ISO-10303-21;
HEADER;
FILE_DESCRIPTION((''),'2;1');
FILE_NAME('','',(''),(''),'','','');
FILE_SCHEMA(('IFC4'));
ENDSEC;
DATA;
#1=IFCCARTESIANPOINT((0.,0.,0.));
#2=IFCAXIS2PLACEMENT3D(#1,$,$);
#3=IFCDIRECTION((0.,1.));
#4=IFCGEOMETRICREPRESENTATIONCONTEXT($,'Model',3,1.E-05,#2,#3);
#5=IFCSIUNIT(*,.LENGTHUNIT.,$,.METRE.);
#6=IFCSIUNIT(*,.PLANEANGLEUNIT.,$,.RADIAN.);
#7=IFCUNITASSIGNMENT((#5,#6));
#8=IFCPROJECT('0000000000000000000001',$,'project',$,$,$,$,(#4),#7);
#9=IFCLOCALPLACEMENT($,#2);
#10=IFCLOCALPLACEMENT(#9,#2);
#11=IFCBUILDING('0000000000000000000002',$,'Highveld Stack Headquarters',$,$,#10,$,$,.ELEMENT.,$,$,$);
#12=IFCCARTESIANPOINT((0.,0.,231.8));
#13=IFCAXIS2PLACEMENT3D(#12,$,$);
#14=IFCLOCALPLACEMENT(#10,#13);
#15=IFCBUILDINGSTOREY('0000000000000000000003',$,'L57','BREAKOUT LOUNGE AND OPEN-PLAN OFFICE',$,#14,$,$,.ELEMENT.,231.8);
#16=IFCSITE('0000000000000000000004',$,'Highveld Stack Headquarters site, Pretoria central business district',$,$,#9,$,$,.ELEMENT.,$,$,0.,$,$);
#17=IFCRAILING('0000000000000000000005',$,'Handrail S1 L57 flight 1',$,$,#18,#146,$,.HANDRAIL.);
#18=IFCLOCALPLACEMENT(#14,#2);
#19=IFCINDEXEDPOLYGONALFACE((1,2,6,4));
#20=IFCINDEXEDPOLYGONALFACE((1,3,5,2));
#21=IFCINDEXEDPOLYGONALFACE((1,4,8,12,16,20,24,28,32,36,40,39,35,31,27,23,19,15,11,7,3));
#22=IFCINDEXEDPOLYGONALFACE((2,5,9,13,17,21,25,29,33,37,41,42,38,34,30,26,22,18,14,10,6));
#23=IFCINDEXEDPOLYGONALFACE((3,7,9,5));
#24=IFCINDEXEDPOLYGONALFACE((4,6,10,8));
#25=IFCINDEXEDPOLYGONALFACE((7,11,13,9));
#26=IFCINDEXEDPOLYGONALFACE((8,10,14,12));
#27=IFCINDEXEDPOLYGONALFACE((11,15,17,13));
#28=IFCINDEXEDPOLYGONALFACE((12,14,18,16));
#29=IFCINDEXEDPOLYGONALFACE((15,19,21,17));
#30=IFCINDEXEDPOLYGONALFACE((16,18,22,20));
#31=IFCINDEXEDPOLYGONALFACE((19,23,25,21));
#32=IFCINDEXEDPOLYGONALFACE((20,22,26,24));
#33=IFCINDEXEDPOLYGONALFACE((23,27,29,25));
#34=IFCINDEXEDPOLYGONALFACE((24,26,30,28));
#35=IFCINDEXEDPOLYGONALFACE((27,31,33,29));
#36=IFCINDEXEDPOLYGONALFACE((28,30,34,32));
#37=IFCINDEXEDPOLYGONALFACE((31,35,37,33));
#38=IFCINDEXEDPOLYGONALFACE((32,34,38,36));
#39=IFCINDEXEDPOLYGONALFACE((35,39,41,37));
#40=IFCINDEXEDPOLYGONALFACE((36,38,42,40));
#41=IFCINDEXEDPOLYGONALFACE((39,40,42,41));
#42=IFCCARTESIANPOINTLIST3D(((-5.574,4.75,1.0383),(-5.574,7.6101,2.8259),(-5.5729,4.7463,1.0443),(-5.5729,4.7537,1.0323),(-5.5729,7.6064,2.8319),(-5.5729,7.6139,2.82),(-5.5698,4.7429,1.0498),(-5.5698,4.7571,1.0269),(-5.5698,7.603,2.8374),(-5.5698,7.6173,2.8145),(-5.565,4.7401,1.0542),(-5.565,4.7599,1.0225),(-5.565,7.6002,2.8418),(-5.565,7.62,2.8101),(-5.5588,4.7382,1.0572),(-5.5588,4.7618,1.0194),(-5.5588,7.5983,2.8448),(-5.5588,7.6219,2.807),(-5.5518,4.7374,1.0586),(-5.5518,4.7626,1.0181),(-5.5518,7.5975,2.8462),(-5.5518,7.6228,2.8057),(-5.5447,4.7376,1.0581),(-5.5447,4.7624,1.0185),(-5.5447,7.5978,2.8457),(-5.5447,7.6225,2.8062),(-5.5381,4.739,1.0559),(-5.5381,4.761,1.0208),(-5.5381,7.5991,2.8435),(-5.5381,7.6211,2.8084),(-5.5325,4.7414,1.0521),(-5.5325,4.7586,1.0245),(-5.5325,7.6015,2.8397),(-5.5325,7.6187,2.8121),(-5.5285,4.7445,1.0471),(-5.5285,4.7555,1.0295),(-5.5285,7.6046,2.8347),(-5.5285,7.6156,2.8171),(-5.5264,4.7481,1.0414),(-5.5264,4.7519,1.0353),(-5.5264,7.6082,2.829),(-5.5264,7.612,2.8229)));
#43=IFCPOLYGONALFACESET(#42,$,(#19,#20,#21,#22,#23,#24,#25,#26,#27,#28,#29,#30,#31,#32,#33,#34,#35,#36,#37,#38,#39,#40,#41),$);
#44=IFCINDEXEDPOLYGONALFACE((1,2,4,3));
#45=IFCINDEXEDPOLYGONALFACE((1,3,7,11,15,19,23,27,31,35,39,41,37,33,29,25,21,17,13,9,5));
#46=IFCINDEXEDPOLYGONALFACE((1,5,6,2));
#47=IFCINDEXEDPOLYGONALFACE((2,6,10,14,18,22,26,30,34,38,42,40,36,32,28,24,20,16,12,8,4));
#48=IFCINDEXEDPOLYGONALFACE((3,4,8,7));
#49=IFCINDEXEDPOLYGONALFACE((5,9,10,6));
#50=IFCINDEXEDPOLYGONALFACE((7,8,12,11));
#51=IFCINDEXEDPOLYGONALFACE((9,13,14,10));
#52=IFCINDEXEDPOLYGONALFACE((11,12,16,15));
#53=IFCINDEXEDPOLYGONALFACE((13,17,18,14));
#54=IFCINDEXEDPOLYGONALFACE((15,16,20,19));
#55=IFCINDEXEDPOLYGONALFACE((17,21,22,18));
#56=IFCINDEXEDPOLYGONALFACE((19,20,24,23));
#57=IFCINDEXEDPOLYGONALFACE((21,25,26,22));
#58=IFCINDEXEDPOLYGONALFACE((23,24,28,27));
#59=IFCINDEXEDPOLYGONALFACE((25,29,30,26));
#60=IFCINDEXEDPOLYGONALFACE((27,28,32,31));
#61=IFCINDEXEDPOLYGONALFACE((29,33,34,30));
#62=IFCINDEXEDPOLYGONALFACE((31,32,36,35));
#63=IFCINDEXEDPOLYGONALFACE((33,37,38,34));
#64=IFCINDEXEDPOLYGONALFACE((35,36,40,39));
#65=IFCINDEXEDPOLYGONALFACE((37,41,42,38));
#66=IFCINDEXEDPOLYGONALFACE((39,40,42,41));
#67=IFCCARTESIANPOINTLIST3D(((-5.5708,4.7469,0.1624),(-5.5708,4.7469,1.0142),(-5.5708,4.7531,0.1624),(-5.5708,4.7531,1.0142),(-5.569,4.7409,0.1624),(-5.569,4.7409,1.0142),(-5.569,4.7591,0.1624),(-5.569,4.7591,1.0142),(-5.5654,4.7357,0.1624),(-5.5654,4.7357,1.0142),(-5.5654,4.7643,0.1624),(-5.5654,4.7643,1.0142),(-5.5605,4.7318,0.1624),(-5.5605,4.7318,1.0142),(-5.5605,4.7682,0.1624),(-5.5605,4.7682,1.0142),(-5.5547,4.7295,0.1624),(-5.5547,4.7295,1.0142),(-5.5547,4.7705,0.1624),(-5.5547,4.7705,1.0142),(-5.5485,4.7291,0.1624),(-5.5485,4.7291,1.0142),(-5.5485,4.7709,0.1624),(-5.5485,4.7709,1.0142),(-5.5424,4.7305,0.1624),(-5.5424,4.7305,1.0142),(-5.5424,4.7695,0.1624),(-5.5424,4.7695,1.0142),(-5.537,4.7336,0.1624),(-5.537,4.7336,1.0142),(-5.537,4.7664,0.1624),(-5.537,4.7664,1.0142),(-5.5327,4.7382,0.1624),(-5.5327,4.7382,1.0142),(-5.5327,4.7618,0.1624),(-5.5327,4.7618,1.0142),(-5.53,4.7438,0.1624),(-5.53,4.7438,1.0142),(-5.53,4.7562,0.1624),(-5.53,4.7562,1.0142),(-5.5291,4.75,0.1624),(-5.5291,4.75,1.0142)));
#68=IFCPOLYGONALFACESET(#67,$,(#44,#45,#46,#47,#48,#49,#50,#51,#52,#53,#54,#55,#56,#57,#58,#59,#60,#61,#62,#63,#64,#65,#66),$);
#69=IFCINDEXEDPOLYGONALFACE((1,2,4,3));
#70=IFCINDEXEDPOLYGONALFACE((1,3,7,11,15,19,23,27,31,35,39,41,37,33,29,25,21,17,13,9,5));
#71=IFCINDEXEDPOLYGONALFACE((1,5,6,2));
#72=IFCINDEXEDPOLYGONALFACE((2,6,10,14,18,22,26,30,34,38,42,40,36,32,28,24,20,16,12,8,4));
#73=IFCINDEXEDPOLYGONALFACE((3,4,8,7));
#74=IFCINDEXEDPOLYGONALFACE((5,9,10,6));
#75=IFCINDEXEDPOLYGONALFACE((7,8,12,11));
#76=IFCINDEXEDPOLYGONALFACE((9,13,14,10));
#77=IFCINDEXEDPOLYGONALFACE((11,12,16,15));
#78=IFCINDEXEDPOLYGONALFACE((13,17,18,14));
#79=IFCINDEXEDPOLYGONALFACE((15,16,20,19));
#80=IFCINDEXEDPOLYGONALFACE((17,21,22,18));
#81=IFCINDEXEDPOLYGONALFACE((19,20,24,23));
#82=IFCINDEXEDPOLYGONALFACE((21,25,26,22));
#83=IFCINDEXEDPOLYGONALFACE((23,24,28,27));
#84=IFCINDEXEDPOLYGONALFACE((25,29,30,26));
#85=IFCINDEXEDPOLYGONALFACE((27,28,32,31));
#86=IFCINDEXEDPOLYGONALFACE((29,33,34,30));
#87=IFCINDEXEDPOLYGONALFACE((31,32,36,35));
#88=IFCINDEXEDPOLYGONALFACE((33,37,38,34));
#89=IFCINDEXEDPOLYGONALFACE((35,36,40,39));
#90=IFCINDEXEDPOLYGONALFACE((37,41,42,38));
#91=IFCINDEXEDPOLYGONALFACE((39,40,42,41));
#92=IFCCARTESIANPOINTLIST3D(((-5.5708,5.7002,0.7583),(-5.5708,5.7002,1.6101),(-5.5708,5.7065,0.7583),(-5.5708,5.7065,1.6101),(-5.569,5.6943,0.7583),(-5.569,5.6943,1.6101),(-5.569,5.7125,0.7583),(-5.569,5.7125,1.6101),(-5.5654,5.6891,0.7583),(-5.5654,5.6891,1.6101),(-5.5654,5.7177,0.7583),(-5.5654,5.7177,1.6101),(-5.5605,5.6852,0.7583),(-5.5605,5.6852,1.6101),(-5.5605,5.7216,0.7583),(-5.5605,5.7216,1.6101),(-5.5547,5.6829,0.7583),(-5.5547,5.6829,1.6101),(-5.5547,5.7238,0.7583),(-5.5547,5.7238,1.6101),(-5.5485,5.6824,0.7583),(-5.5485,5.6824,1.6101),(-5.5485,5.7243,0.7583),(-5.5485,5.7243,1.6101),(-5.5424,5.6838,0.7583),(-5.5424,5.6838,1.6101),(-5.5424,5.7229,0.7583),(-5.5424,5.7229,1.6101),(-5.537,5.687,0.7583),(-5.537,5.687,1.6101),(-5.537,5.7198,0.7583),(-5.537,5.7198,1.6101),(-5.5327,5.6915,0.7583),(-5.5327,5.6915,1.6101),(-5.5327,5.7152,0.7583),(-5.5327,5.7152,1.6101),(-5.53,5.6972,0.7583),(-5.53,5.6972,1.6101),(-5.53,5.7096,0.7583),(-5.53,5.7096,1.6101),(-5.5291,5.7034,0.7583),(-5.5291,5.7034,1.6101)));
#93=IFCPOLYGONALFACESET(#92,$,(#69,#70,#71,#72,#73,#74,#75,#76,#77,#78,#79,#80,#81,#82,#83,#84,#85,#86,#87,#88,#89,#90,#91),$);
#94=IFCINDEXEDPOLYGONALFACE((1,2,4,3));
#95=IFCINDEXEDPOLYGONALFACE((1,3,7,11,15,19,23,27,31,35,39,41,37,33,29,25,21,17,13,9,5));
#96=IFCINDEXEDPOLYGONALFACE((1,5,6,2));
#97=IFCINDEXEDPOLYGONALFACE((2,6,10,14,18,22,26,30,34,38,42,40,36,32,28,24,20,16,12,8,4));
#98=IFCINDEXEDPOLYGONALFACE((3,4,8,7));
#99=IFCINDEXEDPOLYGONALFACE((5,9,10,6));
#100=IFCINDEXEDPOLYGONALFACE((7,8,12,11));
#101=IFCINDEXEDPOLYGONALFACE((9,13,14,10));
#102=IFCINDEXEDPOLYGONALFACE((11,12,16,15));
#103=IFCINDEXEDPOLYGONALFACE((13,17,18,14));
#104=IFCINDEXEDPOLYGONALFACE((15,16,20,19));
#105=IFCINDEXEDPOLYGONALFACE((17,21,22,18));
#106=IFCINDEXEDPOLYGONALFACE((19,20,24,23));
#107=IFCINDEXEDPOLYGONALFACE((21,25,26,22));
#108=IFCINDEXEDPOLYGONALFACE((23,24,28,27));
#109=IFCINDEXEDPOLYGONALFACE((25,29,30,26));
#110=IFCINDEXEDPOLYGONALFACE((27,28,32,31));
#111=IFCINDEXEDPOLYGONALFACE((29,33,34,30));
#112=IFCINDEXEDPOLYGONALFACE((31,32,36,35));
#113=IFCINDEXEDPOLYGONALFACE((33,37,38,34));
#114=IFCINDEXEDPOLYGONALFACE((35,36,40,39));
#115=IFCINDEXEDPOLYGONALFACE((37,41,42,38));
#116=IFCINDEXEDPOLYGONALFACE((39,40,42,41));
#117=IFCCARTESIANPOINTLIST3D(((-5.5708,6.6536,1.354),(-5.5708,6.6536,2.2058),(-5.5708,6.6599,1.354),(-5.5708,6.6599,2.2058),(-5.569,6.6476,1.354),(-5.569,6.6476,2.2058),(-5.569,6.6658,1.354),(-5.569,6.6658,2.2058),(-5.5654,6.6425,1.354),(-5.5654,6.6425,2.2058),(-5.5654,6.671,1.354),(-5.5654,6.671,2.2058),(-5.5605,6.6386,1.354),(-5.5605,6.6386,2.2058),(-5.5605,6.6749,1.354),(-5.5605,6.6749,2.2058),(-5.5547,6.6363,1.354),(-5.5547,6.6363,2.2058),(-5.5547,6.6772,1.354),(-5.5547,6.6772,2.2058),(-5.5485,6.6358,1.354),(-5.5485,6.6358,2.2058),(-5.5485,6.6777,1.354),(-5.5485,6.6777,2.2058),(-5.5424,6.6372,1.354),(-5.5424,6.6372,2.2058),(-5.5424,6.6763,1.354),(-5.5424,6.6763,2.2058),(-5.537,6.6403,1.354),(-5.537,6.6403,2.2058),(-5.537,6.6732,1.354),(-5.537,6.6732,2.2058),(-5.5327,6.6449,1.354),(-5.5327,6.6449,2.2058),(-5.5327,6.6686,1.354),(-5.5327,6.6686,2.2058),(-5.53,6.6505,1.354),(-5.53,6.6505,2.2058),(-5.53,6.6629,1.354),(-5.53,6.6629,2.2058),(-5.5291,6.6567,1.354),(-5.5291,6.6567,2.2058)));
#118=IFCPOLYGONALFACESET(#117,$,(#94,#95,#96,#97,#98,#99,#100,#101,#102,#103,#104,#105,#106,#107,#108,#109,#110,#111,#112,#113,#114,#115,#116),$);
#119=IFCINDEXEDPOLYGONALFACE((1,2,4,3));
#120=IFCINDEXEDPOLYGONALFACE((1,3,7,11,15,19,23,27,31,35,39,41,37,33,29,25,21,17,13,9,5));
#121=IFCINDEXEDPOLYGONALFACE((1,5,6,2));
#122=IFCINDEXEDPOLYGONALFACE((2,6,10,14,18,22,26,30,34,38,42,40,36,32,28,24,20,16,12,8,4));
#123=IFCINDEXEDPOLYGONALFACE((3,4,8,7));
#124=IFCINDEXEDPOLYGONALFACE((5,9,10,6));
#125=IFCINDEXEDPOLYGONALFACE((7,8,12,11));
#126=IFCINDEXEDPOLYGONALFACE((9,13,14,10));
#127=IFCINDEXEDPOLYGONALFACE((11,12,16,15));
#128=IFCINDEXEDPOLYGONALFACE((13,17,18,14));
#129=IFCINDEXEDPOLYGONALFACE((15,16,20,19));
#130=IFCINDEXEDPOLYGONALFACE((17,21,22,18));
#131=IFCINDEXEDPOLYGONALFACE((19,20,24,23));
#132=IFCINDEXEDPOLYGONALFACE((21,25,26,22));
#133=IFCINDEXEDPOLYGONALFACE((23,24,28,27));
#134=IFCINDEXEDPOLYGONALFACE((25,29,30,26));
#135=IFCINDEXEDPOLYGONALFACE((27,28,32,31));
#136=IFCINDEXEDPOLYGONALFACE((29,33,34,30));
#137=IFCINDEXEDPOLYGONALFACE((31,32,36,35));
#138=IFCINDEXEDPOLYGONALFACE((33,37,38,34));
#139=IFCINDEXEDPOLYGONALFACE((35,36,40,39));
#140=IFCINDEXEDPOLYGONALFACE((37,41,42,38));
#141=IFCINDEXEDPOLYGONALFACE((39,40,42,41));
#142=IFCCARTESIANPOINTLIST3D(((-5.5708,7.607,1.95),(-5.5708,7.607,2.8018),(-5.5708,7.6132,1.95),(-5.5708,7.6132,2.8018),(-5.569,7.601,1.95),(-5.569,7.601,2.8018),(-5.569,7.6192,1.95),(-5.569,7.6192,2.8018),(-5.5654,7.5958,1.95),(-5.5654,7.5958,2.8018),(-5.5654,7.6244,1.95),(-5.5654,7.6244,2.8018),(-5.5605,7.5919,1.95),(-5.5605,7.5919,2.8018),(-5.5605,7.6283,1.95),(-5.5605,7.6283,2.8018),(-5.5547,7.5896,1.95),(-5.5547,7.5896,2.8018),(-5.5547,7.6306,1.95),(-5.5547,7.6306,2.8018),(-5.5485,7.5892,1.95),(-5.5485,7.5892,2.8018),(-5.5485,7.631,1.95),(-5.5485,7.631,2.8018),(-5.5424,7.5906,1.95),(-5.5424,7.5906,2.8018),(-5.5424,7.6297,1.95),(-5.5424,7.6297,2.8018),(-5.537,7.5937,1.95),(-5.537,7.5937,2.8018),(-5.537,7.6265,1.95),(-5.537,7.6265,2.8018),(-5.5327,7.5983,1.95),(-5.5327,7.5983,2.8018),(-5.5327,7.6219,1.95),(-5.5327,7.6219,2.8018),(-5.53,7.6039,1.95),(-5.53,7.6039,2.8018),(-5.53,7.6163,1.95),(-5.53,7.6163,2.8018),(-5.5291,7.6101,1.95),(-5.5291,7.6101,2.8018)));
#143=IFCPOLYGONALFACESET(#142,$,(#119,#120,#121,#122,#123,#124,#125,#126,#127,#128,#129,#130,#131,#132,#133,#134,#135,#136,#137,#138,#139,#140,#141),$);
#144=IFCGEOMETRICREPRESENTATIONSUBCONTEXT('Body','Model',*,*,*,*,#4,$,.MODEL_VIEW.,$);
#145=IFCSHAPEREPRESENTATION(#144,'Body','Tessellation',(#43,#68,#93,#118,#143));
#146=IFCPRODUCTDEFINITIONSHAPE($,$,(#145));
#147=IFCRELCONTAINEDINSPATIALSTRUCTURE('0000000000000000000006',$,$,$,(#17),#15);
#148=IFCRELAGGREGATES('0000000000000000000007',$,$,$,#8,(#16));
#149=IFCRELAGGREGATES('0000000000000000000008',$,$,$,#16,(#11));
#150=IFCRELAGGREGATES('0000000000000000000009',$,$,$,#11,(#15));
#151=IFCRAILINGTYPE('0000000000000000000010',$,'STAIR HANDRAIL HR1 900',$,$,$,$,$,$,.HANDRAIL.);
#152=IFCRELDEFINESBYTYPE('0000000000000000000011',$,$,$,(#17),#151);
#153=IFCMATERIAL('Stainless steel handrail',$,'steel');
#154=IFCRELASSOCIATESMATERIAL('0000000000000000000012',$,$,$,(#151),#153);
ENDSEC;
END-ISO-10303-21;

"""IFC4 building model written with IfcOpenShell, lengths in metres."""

from ifc_helpers import new_model, si_unit, direction, frame, origin, origin_2d, place, context, subcontext, project, spatial, circle, extrude, material, type_object, element, save


model = new_model("IFC4")

# Units and contexts
model_context = context("Model", 3, precision=1e-05, world=origin(), true_north=direction((0.0, 1.0)))
body_context = subcontext(model_context, "Body", "Model", "MODEL_VIEW")
ifc_project = project(units=[si_unit("LENGTHUNIT", "METRE"), si_unit("PLANEANGLEUNIT", "RADIAN")], contexts=[model_context])

# Site, building, storey
site_placement = place(None, origin())
site = spatial("IfcSite", under=ifc_project, at=site_placement, Name="Highveld Stack Headquarters site, Pretoria central business district", CompositionType="ELEMENT", RefElevation=0.0)
building_placement = place(site_placement, origin())
building = spatial("IfcBuilding", under=site, at=building_placement, Name="Highveld Stack Headquarters", CompositionType="ELEMENT")
storey_placement = place(building_placement, frame((0.0, 0.0, 231.8)))
storey = spatial("IfcBuildingStorey", under=building, at=storey_placement, Name="L57", Description="BREAKOUT LOUNGE AND OPEN-PLAN OFFICE", CompositionType="ELEMENT", Elevation=231.8)

# Railing
ifc_material_1 = material(Name="Stainless steel handrail", Category="steel")
railing_type = type_object("IfcRailingType", Name="STAIR HANDRAIL HR1 900", PredefinedType="HANDRAIL", material=ifc_material_1)
for number, where, name in (
    (1, (-5.55, 4.75, 0.1624), "Handrail S1 L57 flight 1"),
):
    element("IfcRailing", number, at=place(storey_placement, frame(where)), inside=storey, type_object=railing_type, Name=name, PredefinedType="HANDRAIL", context=body_context, shape_type="SweptSolid", body=[
        extrude(circle(Radius=0.0239, at=origin_2d()), frame((0.0, 0.0, 0.876), z_axis=(0.0, 0.847994, 0.530005), x_axis=(-1.0, 0.0, 0.0)), (0.0, 0.0, 1.0), 3.3728),
        extrude(circle(Radius=0.021, at=origin_2d()), origin(), (0.0, 0.0, 1.0), 0.8518),
        extrude(circle(Radius=0.021, at=origin_2d()), frame((0.0, 0.9534, 0.5959)), (0.0, 0.0, 1.0), 0.8518),
        extrude(circle(Radius=0.021, at=origin_2d()), frame((0.0, 1.9067, 1.1917)), (0.0, 0.0, 1.0), 0.8518),
        extrude(circle(Radius=0.021, at=origin_2d()), frame((0.0, 2.8601, 1.7876)), (0.0, 0.0, 1.0), 0.8518),
    ])

save(model, "model.ifc")
